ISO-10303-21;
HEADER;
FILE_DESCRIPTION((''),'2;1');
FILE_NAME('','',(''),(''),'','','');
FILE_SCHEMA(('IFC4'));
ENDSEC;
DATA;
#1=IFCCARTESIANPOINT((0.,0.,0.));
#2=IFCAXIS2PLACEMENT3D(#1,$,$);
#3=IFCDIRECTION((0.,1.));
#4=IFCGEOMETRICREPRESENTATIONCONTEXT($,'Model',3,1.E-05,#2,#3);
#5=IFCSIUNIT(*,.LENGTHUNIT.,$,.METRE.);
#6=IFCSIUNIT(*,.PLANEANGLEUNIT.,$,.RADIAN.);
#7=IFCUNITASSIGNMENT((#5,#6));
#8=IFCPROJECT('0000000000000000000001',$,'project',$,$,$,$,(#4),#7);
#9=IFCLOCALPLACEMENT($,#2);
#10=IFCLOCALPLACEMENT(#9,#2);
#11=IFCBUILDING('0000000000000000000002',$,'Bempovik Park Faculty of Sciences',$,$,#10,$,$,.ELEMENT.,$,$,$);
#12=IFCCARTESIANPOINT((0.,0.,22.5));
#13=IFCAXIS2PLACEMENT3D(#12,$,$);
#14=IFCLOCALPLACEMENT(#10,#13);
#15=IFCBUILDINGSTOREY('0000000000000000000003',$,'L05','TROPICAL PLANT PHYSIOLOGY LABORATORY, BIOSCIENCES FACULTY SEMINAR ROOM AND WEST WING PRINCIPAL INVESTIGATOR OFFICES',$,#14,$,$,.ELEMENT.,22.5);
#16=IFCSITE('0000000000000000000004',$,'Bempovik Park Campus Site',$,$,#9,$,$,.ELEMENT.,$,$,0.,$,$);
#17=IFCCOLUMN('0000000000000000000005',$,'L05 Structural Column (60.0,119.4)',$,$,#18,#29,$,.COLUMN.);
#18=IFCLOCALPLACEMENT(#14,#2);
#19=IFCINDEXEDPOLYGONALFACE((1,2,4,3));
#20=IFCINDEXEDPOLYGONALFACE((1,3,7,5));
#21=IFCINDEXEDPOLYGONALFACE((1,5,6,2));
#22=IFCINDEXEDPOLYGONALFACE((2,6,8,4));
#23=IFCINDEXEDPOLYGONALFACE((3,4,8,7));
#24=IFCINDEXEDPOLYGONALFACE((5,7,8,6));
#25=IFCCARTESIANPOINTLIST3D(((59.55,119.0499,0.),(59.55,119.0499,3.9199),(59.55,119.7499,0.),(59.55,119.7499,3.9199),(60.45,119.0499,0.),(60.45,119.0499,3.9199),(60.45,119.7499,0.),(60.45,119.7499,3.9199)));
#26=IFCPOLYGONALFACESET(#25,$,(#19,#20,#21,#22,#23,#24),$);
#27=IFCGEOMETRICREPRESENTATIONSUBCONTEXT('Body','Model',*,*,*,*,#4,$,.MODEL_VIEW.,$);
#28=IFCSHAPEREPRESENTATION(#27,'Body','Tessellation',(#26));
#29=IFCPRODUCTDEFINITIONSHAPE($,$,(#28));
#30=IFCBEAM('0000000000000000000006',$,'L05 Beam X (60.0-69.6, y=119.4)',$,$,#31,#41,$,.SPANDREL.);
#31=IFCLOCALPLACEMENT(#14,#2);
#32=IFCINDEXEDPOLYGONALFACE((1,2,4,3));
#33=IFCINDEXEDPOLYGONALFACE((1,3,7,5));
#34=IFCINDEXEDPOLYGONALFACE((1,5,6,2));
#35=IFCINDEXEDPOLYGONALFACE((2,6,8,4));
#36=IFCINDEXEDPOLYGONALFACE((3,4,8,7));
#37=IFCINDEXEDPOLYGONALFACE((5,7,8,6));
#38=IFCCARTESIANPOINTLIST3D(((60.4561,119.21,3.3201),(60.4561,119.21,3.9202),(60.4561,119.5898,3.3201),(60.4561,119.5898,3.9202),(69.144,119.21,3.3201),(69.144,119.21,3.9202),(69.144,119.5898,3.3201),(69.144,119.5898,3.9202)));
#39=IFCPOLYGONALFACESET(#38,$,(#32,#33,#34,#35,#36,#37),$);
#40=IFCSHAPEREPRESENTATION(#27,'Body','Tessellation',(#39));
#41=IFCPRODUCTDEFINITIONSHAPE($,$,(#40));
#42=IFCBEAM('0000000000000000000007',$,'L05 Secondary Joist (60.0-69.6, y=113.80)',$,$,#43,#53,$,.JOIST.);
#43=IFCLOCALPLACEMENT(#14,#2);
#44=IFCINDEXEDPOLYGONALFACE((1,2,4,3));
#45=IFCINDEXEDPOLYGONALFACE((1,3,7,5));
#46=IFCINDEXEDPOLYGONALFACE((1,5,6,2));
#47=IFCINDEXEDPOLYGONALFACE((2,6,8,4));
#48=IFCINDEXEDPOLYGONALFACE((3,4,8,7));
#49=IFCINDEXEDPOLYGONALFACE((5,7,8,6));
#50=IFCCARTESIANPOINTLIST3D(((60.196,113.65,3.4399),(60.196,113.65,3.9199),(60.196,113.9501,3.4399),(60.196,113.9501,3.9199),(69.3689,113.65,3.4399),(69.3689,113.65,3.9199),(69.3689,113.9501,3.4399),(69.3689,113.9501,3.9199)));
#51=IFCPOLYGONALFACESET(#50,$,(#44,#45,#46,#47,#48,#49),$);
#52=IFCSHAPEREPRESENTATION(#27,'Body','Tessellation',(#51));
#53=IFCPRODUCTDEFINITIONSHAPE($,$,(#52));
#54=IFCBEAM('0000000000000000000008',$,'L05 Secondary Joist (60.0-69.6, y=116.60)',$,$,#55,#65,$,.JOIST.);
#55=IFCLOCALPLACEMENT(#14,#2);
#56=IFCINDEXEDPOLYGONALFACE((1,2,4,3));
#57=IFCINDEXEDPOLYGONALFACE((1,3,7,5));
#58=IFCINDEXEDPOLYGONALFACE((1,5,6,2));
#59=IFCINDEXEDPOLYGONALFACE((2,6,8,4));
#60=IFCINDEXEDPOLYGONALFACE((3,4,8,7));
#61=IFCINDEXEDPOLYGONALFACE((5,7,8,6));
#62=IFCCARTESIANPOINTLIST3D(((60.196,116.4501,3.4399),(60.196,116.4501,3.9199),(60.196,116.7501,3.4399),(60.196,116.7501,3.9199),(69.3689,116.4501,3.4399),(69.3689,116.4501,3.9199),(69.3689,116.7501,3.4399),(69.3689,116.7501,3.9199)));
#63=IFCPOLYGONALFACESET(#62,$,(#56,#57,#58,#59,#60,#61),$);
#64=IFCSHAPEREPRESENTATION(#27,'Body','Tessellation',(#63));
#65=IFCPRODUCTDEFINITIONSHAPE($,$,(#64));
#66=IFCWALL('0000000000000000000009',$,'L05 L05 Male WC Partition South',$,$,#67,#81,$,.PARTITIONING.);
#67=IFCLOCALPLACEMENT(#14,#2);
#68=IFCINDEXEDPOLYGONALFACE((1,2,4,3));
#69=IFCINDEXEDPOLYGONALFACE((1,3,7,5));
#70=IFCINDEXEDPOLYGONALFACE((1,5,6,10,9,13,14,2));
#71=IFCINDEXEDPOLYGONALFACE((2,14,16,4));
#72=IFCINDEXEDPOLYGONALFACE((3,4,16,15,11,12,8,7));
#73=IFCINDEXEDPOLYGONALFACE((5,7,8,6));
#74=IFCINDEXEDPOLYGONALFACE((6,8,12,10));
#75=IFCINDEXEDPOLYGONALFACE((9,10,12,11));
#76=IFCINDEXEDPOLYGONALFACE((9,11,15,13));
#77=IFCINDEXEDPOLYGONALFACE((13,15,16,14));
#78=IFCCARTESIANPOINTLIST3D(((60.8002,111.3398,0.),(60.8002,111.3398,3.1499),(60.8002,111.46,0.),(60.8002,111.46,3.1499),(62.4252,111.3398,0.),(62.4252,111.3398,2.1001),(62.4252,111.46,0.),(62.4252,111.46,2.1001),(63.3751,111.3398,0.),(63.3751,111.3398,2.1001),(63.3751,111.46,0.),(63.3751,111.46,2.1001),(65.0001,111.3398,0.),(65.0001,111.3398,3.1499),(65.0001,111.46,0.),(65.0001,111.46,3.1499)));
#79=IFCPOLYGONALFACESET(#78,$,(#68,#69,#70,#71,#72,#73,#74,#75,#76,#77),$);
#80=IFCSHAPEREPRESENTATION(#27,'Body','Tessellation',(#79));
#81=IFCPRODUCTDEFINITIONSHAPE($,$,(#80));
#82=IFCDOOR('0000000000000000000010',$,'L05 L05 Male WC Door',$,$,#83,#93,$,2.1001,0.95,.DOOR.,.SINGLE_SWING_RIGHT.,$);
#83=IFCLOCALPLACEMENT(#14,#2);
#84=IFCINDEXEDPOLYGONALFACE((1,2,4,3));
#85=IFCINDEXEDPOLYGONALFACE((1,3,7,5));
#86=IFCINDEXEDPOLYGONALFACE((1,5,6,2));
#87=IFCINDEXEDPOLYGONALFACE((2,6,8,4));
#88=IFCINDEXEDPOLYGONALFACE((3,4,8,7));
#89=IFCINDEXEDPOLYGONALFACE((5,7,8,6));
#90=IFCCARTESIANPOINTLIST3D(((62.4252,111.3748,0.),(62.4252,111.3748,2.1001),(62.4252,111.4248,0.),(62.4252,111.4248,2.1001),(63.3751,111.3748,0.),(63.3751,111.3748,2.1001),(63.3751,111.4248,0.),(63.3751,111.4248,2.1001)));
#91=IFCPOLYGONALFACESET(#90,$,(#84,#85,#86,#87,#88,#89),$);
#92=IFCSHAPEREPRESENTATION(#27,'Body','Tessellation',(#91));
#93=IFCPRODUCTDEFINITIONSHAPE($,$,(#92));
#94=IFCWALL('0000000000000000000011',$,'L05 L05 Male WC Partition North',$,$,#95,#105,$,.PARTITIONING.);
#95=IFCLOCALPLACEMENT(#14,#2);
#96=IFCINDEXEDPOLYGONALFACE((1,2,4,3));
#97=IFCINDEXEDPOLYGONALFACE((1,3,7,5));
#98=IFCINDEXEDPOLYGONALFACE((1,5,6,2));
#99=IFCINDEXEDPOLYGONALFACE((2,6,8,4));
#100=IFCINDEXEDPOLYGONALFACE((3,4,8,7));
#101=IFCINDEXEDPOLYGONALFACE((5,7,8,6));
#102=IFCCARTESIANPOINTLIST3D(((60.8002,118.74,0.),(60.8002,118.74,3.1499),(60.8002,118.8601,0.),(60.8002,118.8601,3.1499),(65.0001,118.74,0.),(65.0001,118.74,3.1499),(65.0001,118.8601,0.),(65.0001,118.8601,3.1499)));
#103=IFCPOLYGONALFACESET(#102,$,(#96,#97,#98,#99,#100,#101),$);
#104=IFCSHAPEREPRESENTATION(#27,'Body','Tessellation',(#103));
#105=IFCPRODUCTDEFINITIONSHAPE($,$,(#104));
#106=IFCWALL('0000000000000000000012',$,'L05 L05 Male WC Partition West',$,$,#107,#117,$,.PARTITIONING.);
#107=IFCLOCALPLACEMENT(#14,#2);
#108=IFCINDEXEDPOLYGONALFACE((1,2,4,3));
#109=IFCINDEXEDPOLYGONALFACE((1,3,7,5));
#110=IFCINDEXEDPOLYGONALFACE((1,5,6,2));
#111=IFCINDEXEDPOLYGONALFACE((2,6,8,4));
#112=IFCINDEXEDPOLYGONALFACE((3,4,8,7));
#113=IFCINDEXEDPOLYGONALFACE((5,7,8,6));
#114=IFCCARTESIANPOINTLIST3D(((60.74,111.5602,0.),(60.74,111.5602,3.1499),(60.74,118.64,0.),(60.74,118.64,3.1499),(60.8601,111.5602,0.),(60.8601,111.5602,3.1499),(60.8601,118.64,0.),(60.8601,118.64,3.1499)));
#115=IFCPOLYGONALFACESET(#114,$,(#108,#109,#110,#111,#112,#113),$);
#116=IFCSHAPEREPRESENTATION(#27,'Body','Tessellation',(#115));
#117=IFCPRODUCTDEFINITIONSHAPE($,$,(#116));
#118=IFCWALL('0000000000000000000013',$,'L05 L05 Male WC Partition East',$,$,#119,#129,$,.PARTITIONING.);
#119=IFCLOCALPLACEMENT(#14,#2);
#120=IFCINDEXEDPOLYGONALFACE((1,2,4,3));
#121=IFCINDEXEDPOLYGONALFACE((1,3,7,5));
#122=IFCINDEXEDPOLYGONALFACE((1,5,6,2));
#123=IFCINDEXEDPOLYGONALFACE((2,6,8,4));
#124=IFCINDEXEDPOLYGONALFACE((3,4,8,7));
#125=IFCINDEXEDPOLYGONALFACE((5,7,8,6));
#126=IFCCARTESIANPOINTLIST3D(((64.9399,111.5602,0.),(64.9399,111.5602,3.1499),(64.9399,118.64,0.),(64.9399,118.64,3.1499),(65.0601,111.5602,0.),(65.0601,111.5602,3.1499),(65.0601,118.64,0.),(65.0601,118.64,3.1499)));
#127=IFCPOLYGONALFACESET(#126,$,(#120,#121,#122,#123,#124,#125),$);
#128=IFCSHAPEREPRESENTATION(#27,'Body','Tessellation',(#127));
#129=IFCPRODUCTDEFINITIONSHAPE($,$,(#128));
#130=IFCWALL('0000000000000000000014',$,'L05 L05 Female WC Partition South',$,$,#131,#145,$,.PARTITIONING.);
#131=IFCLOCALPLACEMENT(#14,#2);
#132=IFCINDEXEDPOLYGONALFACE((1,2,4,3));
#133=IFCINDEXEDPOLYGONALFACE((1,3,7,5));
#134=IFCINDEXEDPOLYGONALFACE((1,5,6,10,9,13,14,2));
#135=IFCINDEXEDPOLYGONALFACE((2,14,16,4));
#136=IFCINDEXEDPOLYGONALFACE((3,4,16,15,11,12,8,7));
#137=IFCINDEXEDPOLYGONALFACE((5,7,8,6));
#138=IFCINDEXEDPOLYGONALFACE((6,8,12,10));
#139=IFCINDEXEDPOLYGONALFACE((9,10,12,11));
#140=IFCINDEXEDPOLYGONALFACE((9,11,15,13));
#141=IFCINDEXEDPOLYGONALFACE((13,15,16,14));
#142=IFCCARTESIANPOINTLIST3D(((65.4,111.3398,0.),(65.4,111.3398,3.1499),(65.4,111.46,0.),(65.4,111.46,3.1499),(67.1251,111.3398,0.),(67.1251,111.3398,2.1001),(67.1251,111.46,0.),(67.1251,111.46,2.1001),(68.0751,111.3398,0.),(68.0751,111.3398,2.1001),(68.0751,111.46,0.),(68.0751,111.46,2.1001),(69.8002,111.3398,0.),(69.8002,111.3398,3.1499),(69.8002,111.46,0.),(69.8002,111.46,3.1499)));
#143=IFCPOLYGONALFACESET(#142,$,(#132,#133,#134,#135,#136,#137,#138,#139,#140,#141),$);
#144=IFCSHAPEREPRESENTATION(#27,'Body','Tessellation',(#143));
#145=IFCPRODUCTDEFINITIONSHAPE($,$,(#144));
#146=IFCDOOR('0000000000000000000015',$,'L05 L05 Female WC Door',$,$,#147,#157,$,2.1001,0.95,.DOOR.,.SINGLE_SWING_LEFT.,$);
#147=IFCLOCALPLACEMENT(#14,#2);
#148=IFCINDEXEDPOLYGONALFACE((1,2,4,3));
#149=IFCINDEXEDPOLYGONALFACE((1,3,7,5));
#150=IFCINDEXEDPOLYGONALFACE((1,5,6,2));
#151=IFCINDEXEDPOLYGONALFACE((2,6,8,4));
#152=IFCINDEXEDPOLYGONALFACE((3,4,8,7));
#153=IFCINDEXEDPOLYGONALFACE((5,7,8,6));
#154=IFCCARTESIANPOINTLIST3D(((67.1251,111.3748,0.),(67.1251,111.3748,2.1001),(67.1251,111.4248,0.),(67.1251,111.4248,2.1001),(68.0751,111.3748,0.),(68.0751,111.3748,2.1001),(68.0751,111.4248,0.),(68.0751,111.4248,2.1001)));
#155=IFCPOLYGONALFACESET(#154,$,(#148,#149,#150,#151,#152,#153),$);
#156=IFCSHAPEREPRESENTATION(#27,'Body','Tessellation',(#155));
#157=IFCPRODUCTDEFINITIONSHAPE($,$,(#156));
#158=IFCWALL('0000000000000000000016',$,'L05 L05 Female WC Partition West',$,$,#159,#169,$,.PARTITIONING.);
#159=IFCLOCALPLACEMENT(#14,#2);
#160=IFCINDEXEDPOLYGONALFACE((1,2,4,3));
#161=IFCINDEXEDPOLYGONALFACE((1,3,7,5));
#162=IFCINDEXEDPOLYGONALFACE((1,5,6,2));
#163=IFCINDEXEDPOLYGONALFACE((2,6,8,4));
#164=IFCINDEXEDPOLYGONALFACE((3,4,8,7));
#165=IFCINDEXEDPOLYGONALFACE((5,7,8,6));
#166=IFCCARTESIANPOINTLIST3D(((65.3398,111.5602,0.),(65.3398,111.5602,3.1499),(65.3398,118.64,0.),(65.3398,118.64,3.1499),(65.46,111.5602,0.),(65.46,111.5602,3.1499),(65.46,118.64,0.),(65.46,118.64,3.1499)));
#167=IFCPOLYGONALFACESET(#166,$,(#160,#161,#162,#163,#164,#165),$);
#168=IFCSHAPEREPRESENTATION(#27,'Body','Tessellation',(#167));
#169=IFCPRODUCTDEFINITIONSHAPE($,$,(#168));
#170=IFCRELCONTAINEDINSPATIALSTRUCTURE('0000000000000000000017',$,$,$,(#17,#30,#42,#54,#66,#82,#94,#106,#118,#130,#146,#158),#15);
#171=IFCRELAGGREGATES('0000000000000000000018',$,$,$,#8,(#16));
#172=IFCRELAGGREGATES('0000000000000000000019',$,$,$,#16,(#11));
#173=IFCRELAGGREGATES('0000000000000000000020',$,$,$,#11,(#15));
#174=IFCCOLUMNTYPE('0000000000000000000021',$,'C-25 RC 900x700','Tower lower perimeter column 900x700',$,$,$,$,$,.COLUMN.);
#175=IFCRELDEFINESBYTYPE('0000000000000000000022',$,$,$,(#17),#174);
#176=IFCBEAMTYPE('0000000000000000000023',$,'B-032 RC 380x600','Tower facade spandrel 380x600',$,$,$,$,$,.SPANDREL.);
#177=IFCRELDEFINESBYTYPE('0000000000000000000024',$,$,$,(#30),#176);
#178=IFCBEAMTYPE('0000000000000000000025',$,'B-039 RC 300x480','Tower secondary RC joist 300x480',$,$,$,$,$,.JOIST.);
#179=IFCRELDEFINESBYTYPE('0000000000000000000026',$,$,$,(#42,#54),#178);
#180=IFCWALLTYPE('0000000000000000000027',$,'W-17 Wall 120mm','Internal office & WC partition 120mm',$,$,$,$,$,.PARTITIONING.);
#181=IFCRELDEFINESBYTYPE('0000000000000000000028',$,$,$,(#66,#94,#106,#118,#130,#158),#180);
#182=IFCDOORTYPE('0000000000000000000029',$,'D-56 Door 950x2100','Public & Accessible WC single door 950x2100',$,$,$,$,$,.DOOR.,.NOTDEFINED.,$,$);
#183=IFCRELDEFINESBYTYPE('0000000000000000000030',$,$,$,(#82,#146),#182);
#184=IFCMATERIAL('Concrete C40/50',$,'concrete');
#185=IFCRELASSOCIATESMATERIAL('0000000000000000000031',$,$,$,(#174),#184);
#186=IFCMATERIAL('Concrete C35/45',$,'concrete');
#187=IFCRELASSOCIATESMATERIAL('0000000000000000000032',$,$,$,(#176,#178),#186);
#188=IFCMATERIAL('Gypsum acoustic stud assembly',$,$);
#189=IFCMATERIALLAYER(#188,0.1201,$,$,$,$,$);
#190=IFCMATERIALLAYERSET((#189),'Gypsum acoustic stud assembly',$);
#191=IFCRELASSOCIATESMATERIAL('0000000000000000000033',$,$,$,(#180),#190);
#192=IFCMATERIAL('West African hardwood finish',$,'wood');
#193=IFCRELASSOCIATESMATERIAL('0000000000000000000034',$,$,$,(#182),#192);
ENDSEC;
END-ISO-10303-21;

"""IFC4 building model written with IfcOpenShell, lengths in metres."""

from ifc_helpers import new_model, si_unit, direction, frame, frame_2d, origin, origin_2d, place, context, subcontext, project, spatial, rectangle, extrude, material, layer, layer_set, material_profile, profile_set, type_object, element, fill, save


model = new_model("IFC4")

# Units and contexts
model_context = context("Model", 3, precision=1e-05, world=origin(), true_north=direction((0.0, 1.0)))
body_context = subcontext(model_context, "Body", "Model", "MODEL_VIEW")
ifc_project = project(units=[si_unit("LENGTHUNIT", "METRE"), si_unit("PLANEANGLEUNIT", "RADIAN")], contexts=[model_context])

# Site, building, storey
site_placement = place(None, origin())
site = spatial("IfcSite", under=ifc_project, at=site_placement, Name="Bempovik Park Campus Site", CompositionType="ELEMENT", RefElevation=0.0)
building_placement = place(site_placement, origin())
building = spatial("IfcBuilding", under=site, at=building_placement, Name="Bempovik Park Faculty of Sciences", CompositionType="ELEMENT")
storey_placement = place(building_placement, frame((0.0, 0.0, 22.5)))
storey = spatial("IfcBuildingStorey", under=building, at=storey_placement, Name="L05", Description="TROPICAL PLANT PHYSIOLOGY LABORATORY, BIOSCIENCES FACULTY SEMINAR ROOM AND WEST WING PRINCIPAL INVESTIGATOR OFFICES", CompositionType="ELEMENT", Elevation=22.5)

# Column
ifc_material_1 = material(Name="Concrete C40/50", Category="concrete")
ifc_material_profile_1 = material_profile(ifc_material_1, rectangle(XDim=0.8999, YDim=0.7, at=origin_2d()), Name="RC 900x700")
ifc_profile_set_1 = profile_set([ifc_material_profile_1], Name="Concrete C40/50")
column_type = type_object("IfcColumnType", Name="C-25 RC 900x700", Description="Tower lower perimeter column 900x700", PredefinedType="COLUMN", material=ifc_profile_set_1)
column_placement = place(storey_placement, frame((60.0, 119.3999, 0.0), z_axis=(0.0, 0.0, 1.0), x_axis=(1.0, 0.0, 0.0)))
element("IfcColumn", 1, at=column_placement, inside=storey, type_object=column_type, Name="L05 Structural Column (60.0,119.4)", PredefinedType="COLUMN", context=body_context, shape_type="SweptSolid", body=[
    extrude(rectangle(XDim=0.8999, YDim=0.7, at=origin_2d()), origin(), (0.0, 0.0, 1.0), 3.9199),
])

# Beams
ifc_material_2 = material(Name="Concrete C35/45", Category="concrete")
ifc_material_profile_2 = material_profile(ifc_material_2, rectangle(XDim=0.3799, YDim=0.6001, at=origin_2d()), Name="RC 380x600")
ifc_profile_set_2 = profile_set([ifc_material_profile_2], Name="Concrete C35/45")
beam_type_1 = type_object("IfcBeamType", Name="B-032 RC 380x600", Description="Tower facade spandrel 380x600", PredefinedType="SPANDREL", material=ifc_profile_set_2)
beam_placement = place(storey_placement, frame((60.4561, 119.3999, 3.6201), z_axis=(1.0, 0.0, 0.0), x_axis=(0.0, 1.0, 0.0)))
element("IfcBeam", 2, at=beam_placement, inside=storey, type_object=beam_type_1, Name="L05 Beam X (60.0-69.6, y=119.4)", PredefinedType="SPANDREL", context=body_context, shape_type="SweptSolid", body=[
    extrude(rectangle(XDim=0.3799, YDim=0.6001, at=origin_2d()), origin(), (0.0, 0.0, 1.0), 8.688),
])
ifc_material_profile_3 = material_profile(ifc_material_2, rectangle(XDim=0.3, YDim=0.48, at=origin_2d()), Name="RC 300x480")
ifc_profile_set_3 = profile_set([ifc_material_profile_3], Name="Concrete C35/45")
beam_type_2 = type_object("IfcBeamType", Name="B-039 RC 300x480", Description="Tower secondary RC joist 300x480", PredefinedType="JOIST", material=ifc_profile_set_3)
for number, where, z_axis, x_axis, name in (
    (3, (60.196, 113.8, 3.6799), (1.0, 0.0, 0.0), (0.0, 1.0, 0.0), "L05 Secondary Joist (60.0-69.6, y=113.80)"),
    (4, (60.196, 116.6001, 3.6799), (1.0, 0.0, 0.0), (0.0, 1.0, 0.0), "L05 Secondary Joist (60.0-69.6, y=116.60)"),
):
    element("IfcBeam", number, at=place(storey_placement, frame(where, z_axis=z_axis, x_axis=x_axis)), inside=storey, type_object=beam_type_2, Name=name, PredefinedType="JOIST", context=body_context, shape_type="SweptSolid", body=[
        extrude(rectangle(XDim=0.3, YDim=0.48, at=origin_2d()), origin(), (0.0, 0.0, 1.0), 9.1729),
    ])

# Wall, opening, door
ifc_material_3 = material(Name="Gypsum acoustic stud assembly")
ifc_layer_1 = layer(ifc_material_3, 0.1201)
ifc_layer_set_1 = layer_set([ifc_layer_1], Name="Gypsum acoustic stud assembly")
wall_type_1 = type_object("IfcWallType", Name="W-17 Wall 120mm", Description="Internal office & WC partition 120mm", PredefinedType="PARTITIONING", material=ifc_layer_set_1)
wall_1_placement = place(storey_placement, frame((60.8, 111.3999, 0.0), z_axis=(0.0, 0.0, 1.0), x_axis=(1.0, 0.0, 0.0)))
wall_1 = element("IfcWall", 5, at=wall_1_placement, inside=storey, type_object=wall_type_1, Name="L05 L05 Male WC Partition South", PredefinedType="PARTITIONING", context=body_context, shape_type="SweptSolid", body=[
    extrude(rectangle(XDim=4.2, YDim=0.1201, at=frame_2d((2.1001, 0.0))), origin(), (0.0, 0.0, 1.0), 3.1499),
])
opening_1_placement = place(wall_1_placement, frame((1.625, 0.0, 0.0)))
opening_1 = element("IfcOpeningElement", 6, at=opening_1_placement, cuts=wall_1, PredefinedType="OPENING", context=body_context, shape_type="SweptSolid", body=[
    extrude(rectangle(XDim=0.95, YDim=2.1001, at=frame_2d((0.4751, 1.05))), frame((0.0, 0.0701, 0.0), z_axis=(0.0, -1.0, 0.0), x_axis=(1.0, 0.0, 0.0)), (0.0, 0.0, 1.0), 0.1401),
])
ifc_material_4 = material(Name="West African hardwood finish", Category="wood")
door_type = type_object("IfcDoorType", Name="D-56 Door 950x2100", Description="Public & Accessible WC single door 950x2100", OperationType="NOTDEFINED", PredefinedType="DOOR", material=ifc_material_4)
door_1_placement = place(opening_1_placement, origin())
door_1 = element("IfcDoor", 7, at=door_1_placement, inside=storey, type_object=door_type, Name="L05 L05 Male WC Door", OperationType="SINGLE_SWING_RIGHT", OverallHeight=2.1001, OverallWidth=0.95, PredefinedType="DOOR", context=body_context, shape_type="SweptSolid", body=[
    extrude(rectangle(XDim=0.95, YDim=2.1001, at=frame_2d((0.4751, 1.05))), frame((0.0, 0.0249, 0.0), z_axis=(0.0, -1.0, 0.0), x_axis=(1.0, 0.0, 0.0)), (0.0, 0.0, 1.0), 0.05),
])
fill(opening_1, door_1)

# Walls
wall_2_placement = place(storey_placement, frame((60.8, 118.8, 0.0), z_axis=(0.0, 0.0, 1.0), x_axis=(1.0, 0.0, 0.0)))
element("IfcWall", 8, at=wall_2_placement, inside=storey, type_object=wall_type_1, Name="L05 L05 Male WC Partition North", PredefinedType="PARTITIONING", context=body_context, shape_type="SweptSolid", body=[
    extrude(rectangle(XDim=4.2, YDim=0.1201, at=frame_2d((2.1001, 0.0))), origin(), (0.0, 0.0, 1.0), 3.1499),
])
for number, where, z_axis, x_axis, name in (
    (9, (60.8, 111.5601, 0.0), (0.0, 0.0, 1.0), (0.0, 1.0, 0.0), "L05 L05 Male WC Partition West"),
    (10, (65.0, 111.5601, 0.0), (0.0, 0.0, 1.0), (0.0, 1.0, 0.0), "L05 L05 Male WC Partition East"),
):
    element("IfcWall", number, at=place(storey_placement, frame(where, z_axis=z_axis, x_axis=x_axis)), inside=storey, type_object=wall_type_1, Name=name, PredefinedType="PARTITIONING", context=body_context, shape_type="SweptSolid", body=[
        extrude(rectangle(XDim=7.0798, YDim=0.1201, at=frame_2d((3.54, 0.0))), origin(), (0.0, 0.0, 1.0), 3.1499),
    ])

# Wall, opening, door
wall_3_placement = place(storey_placement, frame((65.3999, 111.3999, 0.0), z_axis=(0.0, 0.0, 1.0), x_axis=(1.0, 0.0, 0.0)))
wall_3 = element("IfcWall", 11, at=wall_3_placement, inside=storey, type_object=wall_type_1, Name="L05 L05 Female WC Partition South", PredefinedType="PARTITIONING", context=body_context, shape_type="SweptSolid", body=[
    extrude(rectangle(XDim=4.4001, YDim=0.1201, at=frame_2d((2.2002, 0.0))), origin(), (0.0, 0.0, 1.0), 3.1499),
])
opening_2_placement = place(wall_3_placement, frame((1.7251, 0.0, 0.0)))
opening_2 = element("IfcOpeningElement", 12, at=opening_2_placement, cuts=wall_3, PredefinedType="OPENING", context=body_context, shape_type="SweptSolid", body=[
    extrude(rectangle(XDim=0.95, YDim=2.1001, at=frame_2d((0.4751, 1.05))), frame((0.0, 0.0701, 0.0), z_axis=(0.0, -1.0, 0.0), x_axis=(1.0, 0.0, 0.0)), (0.0, 0.0, 1.0), 0.1401),
])
door_2_placement = place(opening_2_placement, origin())
door_2 = element("IfcDoor", 13, at=door_2_placement, inside=storey, type_object=door_type, Name="L05 L05 Female WC Door", OperationType="SINGLE_SWING_LEFT", OverallHeight=2.1001, OverallWidth=0.95, PredefinedType="DOOR", context=body_context, shape_type="SweptSolid", body=[
    extrude(rectangle(XDim=0.95, YDim=2.1001, at=frame_2d((0.4751, 1.05))), frame((0.0, 0.0249, 0.0), z_axis=(0.0, -1.0, 0.0), x_axis=(1.0, 0.0, 0.0)), (0.0, 0.0, 1.0), 0.05),
])
fill(opening_2, door_2)

# Wall
wall_4_placement = place(storey_placement, frame((65.3999, 111.5601, 0.0), z_axis=(0.0, 0.0, 1.0), x_axis=(0.0, 1.0, 0.0)))
element("IfcWall", 14, at=wall_4_placement, inside=storey, type_object=wall_type_1, Name="L05 L05 Female WC Partition West", PredefinedType="PARTITIONING", context=body_context, shape_type="SweptSolid", body=[
    extrude(rectangle(XDim=7.0798, YDim=0.1201, at=frame_2d((3.54, 0.0))), origin(), (0.0, 0.0, 1.0), 3.1499),
])

save(model, "model.ifc")
